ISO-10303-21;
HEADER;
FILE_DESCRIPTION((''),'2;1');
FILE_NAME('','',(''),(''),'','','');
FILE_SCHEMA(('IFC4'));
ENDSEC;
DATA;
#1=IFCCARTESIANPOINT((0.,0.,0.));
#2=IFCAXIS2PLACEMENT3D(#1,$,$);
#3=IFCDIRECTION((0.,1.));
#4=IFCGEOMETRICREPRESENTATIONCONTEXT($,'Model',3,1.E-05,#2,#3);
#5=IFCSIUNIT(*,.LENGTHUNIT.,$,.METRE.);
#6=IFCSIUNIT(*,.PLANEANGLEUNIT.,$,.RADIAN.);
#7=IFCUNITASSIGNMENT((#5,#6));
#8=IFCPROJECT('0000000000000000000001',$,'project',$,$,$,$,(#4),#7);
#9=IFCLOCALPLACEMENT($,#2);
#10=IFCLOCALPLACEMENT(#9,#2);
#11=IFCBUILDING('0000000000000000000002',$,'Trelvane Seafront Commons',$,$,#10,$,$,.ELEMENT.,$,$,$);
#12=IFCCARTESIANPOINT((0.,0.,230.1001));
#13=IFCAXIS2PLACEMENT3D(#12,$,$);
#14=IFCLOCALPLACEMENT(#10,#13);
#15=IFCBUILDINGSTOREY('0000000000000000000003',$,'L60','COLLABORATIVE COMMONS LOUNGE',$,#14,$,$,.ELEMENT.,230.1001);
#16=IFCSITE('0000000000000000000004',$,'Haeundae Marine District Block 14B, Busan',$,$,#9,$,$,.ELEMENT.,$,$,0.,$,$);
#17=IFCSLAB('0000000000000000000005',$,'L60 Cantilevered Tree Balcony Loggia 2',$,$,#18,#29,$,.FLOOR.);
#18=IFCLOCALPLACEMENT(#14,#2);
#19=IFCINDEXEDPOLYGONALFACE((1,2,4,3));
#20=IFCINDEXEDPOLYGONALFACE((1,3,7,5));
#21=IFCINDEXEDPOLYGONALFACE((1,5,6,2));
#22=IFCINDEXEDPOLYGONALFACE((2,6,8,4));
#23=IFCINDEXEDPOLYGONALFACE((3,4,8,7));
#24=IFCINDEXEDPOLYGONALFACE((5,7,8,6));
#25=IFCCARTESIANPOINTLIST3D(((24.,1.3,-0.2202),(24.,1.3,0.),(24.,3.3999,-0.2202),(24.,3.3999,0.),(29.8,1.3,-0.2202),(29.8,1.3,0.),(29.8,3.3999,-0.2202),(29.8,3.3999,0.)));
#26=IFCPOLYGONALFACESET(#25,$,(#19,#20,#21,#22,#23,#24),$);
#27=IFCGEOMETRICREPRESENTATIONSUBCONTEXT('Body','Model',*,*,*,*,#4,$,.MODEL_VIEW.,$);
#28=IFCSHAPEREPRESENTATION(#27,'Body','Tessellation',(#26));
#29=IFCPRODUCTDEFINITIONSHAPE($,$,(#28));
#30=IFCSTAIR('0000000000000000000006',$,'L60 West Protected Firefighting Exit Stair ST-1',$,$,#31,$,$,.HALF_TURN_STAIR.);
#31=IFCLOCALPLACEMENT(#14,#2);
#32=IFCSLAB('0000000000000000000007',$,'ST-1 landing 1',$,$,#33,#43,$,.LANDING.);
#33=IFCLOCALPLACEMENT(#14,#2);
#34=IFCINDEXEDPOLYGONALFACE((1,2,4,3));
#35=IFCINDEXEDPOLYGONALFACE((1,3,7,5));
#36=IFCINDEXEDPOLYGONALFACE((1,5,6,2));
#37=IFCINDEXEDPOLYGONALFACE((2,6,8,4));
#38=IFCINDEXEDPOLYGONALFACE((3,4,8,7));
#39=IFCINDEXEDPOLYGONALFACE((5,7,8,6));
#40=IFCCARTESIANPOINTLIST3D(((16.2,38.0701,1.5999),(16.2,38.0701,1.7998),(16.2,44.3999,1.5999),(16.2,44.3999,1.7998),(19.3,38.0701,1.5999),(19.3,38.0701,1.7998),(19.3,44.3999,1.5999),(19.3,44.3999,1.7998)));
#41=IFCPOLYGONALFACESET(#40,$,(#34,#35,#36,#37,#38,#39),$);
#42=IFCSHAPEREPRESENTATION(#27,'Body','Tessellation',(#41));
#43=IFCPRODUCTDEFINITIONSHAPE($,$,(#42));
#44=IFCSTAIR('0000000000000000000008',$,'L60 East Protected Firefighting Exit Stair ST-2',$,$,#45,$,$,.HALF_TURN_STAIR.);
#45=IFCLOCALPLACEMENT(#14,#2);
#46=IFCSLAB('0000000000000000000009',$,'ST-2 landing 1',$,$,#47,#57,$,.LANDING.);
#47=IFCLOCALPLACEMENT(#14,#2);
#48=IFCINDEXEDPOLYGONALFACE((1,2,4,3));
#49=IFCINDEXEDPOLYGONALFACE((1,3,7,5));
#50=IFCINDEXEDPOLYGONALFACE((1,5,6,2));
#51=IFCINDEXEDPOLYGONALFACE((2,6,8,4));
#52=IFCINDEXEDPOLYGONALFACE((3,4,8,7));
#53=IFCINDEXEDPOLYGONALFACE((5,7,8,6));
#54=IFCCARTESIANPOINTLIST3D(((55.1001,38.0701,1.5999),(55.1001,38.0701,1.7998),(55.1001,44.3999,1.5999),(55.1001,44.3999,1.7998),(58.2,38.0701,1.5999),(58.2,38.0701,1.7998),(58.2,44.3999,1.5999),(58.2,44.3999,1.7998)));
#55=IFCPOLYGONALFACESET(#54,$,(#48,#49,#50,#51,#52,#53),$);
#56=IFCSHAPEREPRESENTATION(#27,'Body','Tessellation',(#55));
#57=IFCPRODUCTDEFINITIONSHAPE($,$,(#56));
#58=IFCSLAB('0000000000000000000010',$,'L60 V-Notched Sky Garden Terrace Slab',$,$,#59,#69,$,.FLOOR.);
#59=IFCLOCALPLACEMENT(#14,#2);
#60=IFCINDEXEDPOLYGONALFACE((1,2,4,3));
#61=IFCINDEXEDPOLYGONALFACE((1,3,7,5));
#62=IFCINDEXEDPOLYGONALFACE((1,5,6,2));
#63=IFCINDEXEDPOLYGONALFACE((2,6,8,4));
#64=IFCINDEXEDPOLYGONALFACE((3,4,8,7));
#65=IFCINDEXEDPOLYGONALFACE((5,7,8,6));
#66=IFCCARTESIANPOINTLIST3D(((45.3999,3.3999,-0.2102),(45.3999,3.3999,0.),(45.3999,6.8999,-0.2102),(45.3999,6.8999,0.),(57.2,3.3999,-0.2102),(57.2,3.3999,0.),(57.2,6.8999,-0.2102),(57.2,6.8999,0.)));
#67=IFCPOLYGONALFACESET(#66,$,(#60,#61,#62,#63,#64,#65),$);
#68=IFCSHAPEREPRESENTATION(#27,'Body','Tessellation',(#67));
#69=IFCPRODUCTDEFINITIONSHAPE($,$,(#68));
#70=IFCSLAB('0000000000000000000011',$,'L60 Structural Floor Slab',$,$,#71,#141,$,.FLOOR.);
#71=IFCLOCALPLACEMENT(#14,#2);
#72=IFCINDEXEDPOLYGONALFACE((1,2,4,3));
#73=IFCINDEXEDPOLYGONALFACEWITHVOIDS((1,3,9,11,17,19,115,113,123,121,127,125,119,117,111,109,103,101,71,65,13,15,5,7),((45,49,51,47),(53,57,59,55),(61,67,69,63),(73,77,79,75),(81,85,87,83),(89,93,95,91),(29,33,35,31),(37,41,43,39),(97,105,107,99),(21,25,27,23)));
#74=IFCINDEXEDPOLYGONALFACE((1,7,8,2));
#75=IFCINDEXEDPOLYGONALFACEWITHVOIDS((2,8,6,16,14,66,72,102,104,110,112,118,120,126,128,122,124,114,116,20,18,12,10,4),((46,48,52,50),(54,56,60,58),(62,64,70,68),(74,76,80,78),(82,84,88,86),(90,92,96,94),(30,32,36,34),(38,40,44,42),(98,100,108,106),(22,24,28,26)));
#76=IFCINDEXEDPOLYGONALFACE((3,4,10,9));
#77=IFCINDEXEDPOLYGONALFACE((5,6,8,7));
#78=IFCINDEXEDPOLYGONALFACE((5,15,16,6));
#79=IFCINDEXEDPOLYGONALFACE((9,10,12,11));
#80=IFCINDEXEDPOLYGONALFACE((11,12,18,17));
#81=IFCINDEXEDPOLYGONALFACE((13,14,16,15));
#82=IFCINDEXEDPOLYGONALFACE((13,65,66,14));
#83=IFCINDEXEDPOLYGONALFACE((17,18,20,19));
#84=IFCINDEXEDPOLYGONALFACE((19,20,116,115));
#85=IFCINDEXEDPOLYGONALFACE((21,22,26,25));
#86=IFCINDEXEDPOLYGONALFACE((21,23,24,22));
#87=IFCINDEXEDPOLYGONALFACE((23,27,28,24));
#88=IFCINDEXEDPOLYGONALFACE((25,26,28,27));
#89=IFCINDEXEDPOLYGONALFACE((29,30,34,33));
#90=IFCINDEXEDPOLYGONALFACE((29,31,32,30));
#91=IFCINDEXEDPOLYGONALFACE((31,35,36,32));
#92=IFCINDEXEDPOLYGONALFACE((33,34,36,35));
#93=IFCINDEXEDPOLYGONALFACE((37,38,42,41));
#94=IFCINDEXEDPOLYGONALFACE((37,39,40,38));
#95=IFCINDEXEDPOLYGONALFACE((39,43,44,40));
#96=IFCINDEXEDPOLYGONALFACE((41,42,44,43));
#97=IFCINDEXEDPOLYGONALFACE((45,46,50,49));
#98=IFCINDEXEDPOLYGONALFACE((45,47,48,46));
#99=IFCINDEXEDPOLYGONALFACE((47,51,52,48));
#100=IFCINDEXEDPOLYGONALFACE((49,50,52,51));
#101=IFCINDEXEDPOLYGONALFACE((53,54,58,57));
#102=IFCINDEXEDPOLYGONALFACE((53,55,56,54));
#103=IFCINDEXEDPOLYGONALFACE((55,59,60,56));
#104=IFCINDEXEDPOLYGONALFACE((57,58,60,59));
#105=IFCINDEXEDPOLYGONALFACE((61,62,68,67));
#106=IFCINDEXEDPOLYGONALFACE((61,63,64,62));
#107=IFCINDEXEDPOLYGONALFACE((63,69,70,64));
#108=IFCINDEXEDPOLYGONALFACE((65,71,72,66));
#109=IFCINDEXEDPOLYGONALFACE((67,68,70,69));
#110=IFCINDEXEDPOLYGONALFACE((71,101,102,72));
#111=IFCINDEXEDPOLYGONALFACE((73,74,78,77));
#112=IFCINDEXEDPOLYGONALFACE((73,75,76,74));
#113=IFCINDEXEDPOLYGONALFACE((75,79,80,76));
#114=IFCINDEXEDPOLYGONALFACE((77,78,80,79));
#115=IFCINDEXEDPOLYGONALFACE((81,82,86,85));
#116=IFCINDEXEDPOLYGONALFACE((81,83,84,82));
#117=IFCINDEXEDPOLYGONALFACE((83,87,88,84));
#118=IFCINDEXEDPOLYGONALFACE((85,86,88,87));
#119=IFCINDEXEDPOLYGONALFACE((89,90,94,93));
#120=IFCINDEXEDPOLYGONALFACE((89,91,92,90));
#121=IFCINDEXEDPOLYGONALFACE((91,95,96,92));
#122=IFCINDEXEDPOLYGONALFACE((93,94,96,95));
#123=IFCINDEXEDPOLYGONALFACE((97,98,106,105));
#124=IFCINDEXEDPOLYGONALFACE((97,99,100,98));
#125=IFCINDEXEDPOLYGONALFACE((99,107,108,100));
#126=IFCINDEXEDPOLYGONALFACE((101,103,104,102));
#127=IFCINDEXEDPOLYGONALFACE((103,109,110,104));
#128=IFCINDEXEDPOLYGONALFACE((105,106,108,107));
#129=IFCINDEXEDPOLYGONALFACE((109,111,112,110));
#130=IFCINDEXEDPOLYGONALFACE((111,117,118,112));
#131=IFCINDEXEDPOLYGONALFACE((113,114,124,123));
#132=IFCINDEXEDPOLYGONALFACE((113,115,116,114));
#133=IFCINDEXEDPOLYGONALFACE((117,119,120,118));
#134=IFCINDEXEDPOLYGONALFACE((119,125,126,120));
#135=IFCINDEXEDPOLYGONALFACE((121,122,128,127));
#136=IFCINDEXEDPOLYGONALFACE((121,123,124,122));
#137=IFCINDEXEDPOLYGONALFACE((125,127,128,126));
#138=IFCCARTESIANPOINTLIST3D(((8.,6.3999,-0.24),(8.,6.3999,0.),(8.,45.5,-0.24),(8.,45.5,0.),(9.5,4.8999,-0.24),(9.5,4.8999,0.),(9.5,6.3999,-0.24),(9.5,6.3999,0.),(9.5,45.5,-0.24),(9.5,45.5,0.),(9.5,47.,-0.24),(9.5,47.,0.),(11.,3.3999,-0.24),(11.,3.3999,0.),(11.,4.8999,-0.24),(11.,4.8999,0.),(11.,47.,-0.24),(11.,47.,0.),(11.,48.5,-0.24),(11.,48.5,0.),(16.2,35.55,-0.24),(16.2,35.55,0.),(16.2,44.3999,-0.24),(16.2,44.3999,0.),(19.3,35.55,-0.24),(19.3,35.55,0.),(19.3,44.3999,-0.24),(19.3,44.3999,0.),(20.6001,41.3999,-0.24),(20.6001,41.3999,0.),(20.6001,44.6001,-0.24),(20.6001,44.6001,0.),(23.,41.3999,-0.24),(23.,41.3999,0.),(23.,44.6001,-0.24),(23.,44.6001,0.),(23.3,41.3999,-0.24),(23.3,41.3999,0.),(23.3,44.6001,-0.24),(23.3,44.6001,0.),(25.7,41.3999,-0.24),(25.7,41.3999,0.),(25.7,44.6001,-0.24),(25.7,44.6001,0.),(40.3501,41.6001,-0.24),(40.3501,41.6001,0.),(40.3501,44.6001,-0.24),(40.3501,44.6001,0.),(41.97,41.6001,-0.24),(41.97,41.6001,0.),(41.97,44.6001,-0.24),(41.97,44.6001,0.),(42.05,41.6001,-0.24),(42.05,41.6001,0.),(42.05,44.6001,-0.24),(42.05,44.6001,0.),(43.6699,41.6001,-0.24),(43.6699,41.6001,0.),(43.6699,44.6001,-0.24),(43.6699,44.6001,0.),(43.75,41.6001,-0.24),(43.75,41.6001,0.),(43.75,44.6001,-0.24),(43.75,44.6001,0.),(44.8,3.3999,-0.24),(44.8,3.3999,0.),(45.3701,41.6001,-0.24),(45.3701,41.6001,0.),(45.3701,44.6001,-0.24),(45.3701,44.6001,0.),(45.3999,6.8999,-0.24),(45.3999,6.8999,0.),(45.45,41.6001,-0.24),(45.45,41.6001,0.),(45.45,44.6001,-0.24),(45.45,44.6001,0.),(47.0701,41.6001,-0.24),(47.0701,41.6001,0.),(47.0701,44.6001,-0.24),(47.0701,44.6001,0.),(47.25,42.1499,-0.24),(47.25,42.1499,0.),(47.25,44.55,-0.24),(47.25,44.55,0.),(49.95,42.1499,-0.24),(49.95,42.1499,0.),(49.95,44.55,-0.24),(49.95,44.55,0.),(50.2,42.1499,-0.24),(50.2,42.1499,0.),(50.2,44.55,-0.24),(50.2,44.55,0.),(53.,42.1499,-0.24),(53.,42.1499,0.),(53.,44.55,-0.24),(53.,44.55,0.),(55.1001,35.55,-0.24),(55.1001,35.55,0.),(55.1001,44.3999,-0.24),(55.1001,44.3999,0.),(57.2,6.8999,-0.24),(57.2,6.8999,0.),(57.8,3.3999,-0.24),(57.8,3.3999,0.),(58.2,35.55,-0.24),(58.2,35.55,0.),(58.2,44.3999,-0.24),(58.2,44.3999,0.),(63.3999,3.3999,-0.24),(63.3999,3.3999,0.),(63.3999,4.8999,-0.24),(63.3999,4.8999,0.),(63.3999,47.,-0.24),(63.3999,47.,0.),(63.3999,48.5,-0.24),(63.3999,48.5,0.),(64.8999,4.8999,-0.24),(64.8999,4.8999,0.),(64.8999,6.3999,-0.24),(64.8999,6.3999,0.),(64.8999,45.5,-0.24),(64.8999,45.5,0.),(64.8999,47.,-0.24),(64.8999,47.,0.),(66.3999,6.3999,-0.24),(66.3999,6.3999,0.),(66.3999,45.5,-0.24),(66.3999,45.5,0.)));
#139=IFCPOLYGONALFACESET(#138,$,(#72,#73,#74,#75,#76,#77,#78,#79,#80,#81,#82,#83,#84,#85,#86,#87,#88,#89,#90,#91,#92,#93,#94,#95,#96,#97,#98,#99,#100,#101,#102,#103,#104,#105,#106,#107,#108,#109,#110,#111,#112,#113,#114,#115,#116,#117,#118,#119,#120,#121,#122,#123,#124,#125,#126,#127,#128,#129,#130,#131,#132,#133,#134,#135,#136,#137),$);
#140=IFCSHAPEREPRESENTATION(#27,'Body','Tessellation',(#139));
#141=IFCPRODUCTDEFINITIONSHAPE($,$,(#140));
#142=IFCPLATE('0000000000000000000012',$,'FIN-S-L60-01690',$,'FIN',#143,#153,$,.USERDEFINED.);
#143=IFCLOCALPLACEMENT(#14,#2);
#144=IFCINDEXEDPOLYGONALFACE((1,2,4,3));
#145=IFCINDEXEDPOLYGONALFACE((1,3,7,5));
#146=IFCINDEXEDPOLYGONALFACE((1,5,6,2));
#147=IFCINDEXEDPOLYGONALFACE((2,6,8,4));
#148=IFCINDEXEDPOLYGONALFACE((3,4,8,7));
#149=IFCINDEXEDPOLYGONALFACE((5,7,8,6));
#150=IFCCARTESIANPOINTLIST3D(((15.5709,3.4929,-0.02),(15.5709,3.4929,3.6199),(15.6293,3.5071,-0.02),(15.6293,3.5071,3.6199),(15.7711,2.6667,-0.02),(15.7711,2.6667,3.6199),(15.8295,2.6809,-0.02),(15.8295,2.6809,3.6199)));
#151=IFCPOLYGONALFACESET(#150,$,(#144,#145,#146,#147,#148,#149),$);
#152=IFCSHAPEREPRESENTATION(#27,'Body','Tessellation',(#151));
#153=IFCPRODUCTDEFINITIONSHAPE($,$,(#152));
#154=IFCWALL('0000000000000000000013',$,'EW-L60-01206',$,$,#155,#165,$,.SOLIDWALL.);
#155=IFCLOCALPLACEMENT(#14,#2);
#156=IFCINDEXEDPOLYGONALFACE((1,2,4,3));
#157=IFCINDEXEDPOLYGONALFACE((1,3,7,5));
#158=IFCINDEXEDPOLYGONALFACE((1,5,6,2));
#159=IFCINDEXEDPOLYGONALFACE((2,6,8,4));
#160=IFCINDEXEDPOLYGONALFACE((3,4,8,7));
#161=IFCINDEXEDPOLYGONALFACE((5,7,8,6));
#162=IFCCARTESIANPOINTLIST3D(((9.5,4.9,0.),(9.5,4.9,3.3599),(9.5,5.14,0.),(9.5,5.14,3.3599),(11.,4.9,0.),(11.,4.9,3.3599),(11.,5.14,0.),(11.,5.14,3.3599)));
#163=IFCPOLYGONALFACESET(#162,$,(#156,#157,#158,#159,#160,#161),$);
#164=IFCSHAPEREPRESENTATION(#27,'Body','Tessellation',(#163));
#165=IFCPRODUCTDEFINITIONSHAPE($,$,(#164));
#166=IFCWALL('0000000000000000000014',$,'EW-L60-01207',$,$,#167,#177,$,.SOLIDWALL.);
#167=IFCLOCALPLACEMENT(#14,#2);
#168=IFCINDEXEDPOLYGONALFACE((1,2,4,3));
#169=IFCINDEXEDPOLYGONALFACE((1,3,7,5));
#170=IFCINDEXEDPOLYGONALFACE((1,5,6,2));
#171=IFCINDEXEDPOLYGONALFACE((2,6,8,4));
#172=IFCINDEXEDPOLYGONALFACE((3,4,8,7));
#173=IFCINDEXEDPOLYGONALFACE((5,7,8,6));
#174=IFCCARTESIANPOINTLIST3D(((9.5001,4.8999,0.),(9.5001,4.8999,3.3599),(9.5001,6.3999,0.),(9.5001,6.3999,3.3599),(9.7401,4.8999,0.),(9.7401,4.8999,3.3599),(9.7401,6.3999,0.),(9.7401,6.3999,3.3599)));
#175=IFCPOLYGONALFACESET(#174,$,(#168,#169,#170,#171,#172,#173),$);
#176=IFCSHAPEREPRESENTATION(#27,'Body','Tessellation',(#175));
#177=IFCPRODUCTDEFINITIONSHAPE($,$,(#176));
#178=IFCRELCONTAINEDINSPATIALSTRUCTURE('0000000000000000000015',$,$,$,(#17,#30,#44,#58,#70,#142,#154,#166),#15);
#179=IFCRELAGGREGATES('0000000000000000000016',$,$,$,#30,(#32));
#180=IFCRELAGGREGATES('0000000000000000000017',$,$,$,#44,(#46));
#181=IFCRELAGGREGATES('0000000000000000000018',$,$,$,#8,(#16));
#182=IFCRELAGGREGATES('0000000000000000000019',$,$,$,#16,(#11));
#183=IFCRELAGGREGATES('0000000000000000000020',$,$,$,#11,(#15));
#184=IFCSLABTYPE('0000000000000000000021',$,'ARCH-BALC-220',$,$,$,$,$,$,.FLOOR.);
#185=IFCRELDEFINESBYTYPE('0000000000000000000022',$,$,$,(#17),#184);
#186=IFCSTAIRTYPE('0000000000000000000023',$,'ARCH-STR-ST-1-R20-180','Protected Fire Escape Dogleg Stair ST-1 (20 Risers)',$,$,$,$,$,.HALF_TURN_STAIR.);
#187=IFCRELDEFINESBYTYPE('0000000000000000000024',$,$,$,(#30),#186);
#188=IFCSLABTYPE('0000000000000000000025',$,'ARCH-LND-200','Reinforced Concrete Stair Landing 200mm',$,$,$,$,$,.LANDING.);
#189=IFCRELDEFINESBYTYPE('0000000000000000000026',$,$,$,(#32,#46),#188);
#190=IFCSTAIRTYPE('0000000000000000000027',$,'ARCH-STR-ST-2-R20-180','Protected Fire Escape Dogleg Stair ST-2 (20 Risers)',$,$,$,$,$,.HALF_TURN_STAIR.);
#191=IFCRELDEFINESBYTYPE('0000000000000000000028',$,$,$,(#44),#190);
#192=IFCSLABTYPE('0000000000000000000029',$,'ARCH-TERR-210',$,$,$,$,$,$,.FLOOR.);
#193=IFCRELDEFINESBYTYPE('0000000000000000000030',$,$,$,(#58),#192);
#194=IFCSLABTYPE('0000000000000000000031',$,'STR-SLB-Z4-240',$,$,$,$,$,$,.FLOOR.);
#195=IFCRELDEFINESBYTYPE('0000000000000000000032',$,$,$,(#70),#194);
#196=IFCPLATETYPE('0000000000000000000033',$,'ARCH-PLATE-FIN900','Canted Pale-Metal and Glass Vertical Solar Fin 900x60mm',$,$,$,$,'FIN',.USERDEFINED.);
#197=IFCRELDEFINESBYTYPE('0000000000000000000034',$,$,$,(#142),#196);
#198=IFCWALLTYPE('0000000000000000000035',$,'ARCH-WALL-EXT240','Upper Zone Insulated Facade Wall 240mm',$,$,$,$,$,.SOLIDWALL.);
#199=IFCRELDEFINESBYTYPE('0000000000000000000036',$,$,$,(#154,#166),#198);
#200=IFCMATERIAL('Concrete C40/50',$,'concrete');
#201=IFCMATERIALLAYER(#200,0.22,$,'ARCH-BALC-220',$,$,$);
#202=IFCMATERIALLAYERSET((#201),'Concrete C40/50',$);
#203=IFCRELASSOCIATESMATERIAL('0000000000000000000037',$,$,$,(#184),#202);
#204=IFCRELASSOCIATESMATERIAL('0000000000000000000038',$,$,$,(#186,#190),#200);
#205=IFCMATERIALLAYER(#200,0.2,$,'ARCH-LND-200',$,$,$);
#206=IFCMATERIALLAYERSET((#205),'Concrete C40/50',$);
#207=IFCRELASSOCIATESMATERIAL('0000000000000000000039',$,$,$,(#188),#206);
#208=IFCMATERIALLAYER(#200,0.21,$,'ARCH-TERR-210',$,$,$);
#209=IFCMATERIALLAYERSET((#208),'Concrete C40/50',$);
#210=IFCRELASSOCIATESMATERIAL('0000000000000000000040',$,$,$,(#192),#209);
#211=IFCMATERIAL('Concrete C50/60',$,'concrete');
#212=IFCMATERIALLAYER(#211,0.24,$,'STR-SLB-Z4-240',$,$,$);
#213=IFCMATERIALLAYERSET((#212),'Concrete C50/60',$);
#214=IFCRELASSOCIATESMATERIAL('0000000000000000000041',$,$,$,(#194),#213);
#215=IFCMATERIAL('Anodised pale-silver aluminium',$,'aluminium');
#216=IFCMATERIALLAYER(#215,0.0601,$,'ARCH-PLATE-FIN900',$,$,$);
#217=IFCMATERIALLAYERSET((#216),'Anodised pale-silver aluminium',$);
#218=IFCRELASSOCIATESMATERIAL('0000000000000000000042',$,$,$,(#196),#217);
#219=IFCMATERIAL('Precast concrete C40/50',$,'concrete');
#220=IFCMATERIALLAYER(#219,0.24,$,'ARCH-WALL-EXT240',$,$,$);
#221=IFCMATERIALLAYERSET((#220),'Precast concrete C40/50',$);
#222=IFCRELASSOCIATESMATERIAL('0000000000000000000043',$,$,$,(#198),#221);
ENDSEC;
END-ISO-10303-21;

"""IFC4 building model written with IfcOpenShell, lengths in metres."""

from ifc_helpers import new_model, si_unit, direction, frame, frame_2d, origin, origin_2d, place, context, subcontext, project, spatial, polyline, rectangle, outline, extrude, source, transform, mapped, material, layer, layer_set, type_object, element, aggregate, save


model = new_model("IFC4")

# Units and contexts
model_context = context("Model", 3, precision=1e-05, world=origin(), true_north=direction((0.0, 1.0)))
body_context = subcontext(model_context, "Body", "Model", "MODEL_VIEW")
ifc_project = project(units=[si_unit("LENGTHUNIT", "METRE"), si_unit("PLANEANGLEUNIT", "RADIAN")], contexts=[model_context])

# Site, building, storey
site_placement = place(None, origin())
site = spatial("IfcSite", under=ifc_project, at=site_placement, Name="Haeundae Marine District Block 14B, Busan", CompositionType="ELEMENT", RefElevation=0.0)
building_placement = place(site_placement, origin())
building = spatial("IfcBuilding", under=site, at=building_placement, Name="Trelvane Seafront Commons", CompositionType="ELEMENT")
storey_placement = place(building_placement, frame((0.0, 0.0, 230.1001)))
storey = spatial("IfcBuildingStorey", under=building, at=storey_placement, Name="L60", Description="COLLABORATIVE COMMONS LOUNGE", CompositionType="ELEMENT", Elevation=230.1001)

# Slab
ifc_material_1 = material(Name="Concrete C40/50", Category="concrete")
ifc_layer_1 = layer(ifc_material_1, 0.22, Name="ARCH-BALC-220")
ifc_layer_set_1 = layer_set([ifc_layer_1], Name="Concrete C40/50")
slab_type_1 = type_object("IfcSlabType", Name="ARCH-BALC-220", PredefinedType="FLOOR", material=ifc_layer_set_1)
slab_1_placement = place(storey_placement, frame((0.0, 0.0, -0.2202)))
element("IfcSlab", 1, at=slab_1_placement, inside=storey, type_object=slab_type_1, Name="L60 Cantilevered Tree Balcony Loggia 2", PredefinedType="FLOOR", context=body_context, shape_type="SweptSolid", body=[
    extrude(outline(polyline([(24.0, 1.3), (29.8, 1.3), (29.8, 3.3999), (24.0, 3.3999), (24.0, 1.3)])), origin(), (0.0, 0.0, 1.0), 0.2202),
])

# Stairs, slabs
stair_type_1 = type_object("IfcStairType", Name="ARCH-STR-ST-1-R20-180", Description="Protected Fire Escape Dogleg Stair ST-1 (20 Risers)", PredefinedType="HALF_TURN_STAIR", material=ifc_material_1)
stair_1_placement = place(storey_placement, origin())
stair_1 = element("IfcStair", 2, at=stair_1_placement, inside=storey, type_object=stair_type_1, Name="L60 West Protected Firefighting Exit Stair ST-1", PredefinedType="HALF_TURN_STAIR")
ifc_layer_2 = layer(ifc_material_1, 0.2, Name="ARCH-LND-200")
ifc_layer_set_2 = layer_set([ifc_layer_2], Name="Concrete C40/50")
slab_type_2 = type_object("IfcSlabType", Name="ARCH-LND-200", Description="Reinforced Concrete Stair Landing 200mm", PredefinedType="LANDING", material=ifc_layer_set_2)
slab_2_placement = place(storey_placement, frame((0.0, 0.0, 1.5999)))
slab_2 = element("IfcSlab", 3, at=slab_2_placement, type_object=slab_type_2, Name="ST-1 landing 1", PredefinedType="LANDING", context=body_context, shape_type="SweptSolid", body=[
    extrude(outline(polyline([(19.3, 38.0701), (19.3, 44.3999), (16.2, 44.3999), (16.2, 38.0701), (19.3, 38.0701)])), origin(), (0.0, 0.0, 1.0), 0.2),
])
aggregate(stair_1, [slab_2])
stair_type_2 = type_object("IfcStairType", Name="ARCH-STR-ST-2-R20-180", Description="Protected Fire Escape Dogleg Stair ST-2 (20 Risers)", PredefinedType="HALF_TURN_STAIR", material=ifc_material_1)
stair_2_placement = place(storey_placement, origin())
stair_2 = element("IfcStair", 4, at=stair_2_placement, inside=storey, type_object=stair_type_2, Name="L60 East Protected Firefighting Exit Stair ST-2", PredefinedType="HALF_TURN_STAIR")
slab_3_placement = place(storey_placement, frame((0.0, 0.0, 1.5999)))
slab_3 = element("IfcSlab", 5, at=slab_3_placement, type_object=slab_type_2, Name="ST-2 landing 1", PredefinedType="LANDING", context=body_context, shape_type="SweptSolid", body=[
    extrude(outline(polyline([(58.2, 38.0701), (58.2, 44.3999), (55.1001, 44.3999), (55.1001, 38.0701), (58.2, 38.0701)])), origin(), (0.0, 0.0, 1.0), 0.2),
])
aggregate(stair_2, [slab_3])

# Slabs
ifc_layer_3 = layer(ifc_material_1, 0.21, Name="ARCH-TERR-210")
ifc_layer_set_3 = layer_set([ifc_layer_3], Name="Concrete C40/50")
slab_type_3 = type_object("IfcSlabType", Name="ARCH-TERR-210", PredefinedType="FLOOR", material=ifc_layer_set_3)
slab_4_placement = place(storey_placement, frame((0.0, 0.0, -0.2102)))
element("IfcSlab", 6, at=slab_4_placement, inside=storey, type_object=slab_type_3, Name="L60 V-Notched Sky Garden Terrace Slab", PredefinedType="FLOOR", context=body_context, shape_type="SweptSolid", body=[
    extrude(outline(polyline([(45.3999, 3.3999), (57.2, 3.3999), (57.2, 6.8999), (45.3999, 6.8999), (45.3999, 3.3999)])), origin(), (0.0, 0.0, 1.0), 0.2102),
])
ifc_material_2 = material(Name="Concrete C50/60", Category="concrete")
ifc_layer_4 = layer(ifc_material_2, 0.24, Name="STR-SLB-Z4-240")
ifc_layer_set_4 = layer_set([ifc_layer_4], Name="Concrete C50/60")
slab_type_4 = type_object("IfcSlabType", Name="STR-SLB-Z4-240", PredefinedType="FLOOR", material=ifc_layer_set_4)
slab_5_placement = place(storey_placement, frame((0.0, 0.0, -0.24)))
element("IfcSlab", 7, at=slab_5_placement, inside=storey, type_object=slab_type_4, Name="L60 Structural Floor Slab", PredefinedType="FLOOR", context=body_context, shape_type="SweptSolid", body=[
    extrude(outline(polyline([(11.0, 3.3999), (44.8, 3.3999), (45.3999, 6.8999), (57.2, 6.8999), (57.8, 3.3999), (63.3999, 3.3999), (63.3999, 4.8999), (64.8999, 4.8999), (64.8999, 6.3999), (66.3999, 6.3999), (66.3999, 45.5), (64.8999, 45.5), (64.8999, 47.0), (63.3999, 47.0), (63.3999, 48.5), (11.0, 48.5), (11.0, 47.0), (9.5, 47.0), (9.5, 45.5), (8.0, 45.5), (8.0, 6.3999), (9.5, 6.3999), (9.5, 4.8999), (11.0, 4.8999), (11.0, 3.3999)]), holes=[polyline([(19.3, 35.55), (16.2, 35.55), (16.2, 44.3999), (19.3, 44.3999), (19.3, 35.55)]), polyline([(58.2, 35.55), (55.1001, 35.55), (55.1001, 44.3999), (58.2, 44.3999), (58.2, 35.55)]), polyline([(23.0, 41.3999), (20.6001, 41.3999), (20.6001, 44.6001), (23.0, 44.6001), (23.0, 41.3999)]), polyline([(23.3, 41.3999), (23.3, 44.6001), (25.7, 44.6001), (25.7, 41.3999), (23.3, 41.3999)]), polyline([(40.3501, 41.6001), (40.3501, 44.6001), (41.97, 44.6001), (41.97, 41.6001), (40.3501, 41.6001)]), polyline([(43.6699, 41.6001), (42.05, 41.6001), (42.05, 44.6001), (43.6699, 44.6001), (43.6699, 41.6001)]), polyline([(45.3701, 41.6001), (43.75, 41.6001), (43.75, 44.6001), (45.3701, 44.6001), (45.3701, 41.6001)]), polyline([(47.0701, 41.6001), (45.45, 41.6001), (45.45, 44.6001), (47.0701, 44.6001), (47.0701, 41.6001)]), polyline([(47.25, 42.1499), (47.25, 44.55), (49.95, 44.55), (49.95, 42.1499), (47.25, 42.1499)]), polyline([(50.2, 42.1499), (50.2, 44.55), (53.0, 44.55), (53.0, 42.1499), (50.2, 42.1499)])]), origin(), (0.0, 0.0, 1.0), 0.24),
])

# Plate
ifc_material_3 = material(Name="Anodised pale-silver aluminium", Category="aluminium")
ifc_layer_5 = layer(ifc_material_3, 0.0601, Name="ARCH-PLATE-FIN900")
ifc_layer_set_5 = layer_set([ifc_layer_5], Name="Anodised pale-silver aluminium")
plate_type = type_object("IfcPlateType", Name="ARCH-PLATE-FIN900", Description="Canted Pale-Metal and Glass Vertical Solar Fin 900x60mm", ElementType="FIN", PredefinedType="USERDEFINED", material=ifc_layer_set_5)
shared_shape_1 = source(origin(), body_context, "Body", "SweptSolid", [
    extrude(rectangle(XDim=0.8501, YDim=0.0601, at=origin_2d()), origin(), (0.0, 0.0, 1.0), 3.6399),
])
plate_placement = place(storey_placement, frame((15.7002, 3.0869, -0.02), z_axis=(0.0, 0.0, 1.0), x_axis=(0.235525, -0.971868, 0.0)))
element("IfcPlate", 8, at=plate_placement, inside=storey, type_object=plate_type, Name="FIN-S-L60-01690", ObjectType="FIN", PredefinedType="USERDEFINED", context=body_context, shape_type="MappedRepresentation", body=[
    mapped(shared_shape_1, transform((0.0, 0.0, 0.0), x_axis=(1.0, 0.0, 0.0), y_axis=(0.0, 1.0, 0.0), z_axis=(0.0, 0.0, 1.0), scale=1.0)),
])

# Walls
ifc_material_4 = material(Name="Precast concrete C40/50", Category="concrete")
ifc_layer_6 = layer(ifc_material_4, 0.24, Name="ARCH-WALL-EXT240")
ifc_layer_set_6 = layer_set([ifc_layer_6], Name="Precast concrete C40/50")
wall_type_1 = type_object("IfcWallType", Name="ARCH-WALL-EXT240", Description="Upper Zone Insulated Facade Wall 240mm", PredefinedType="SOLIDWALL", material=ifc_layer_set_6)
for number, where, z_axis, x_axis, name in (
    (9, (11.0, 5.02, 0.0), (0.0, 0.0, 1.0), (-1.0, 0.0, 0.0), "EW-L60-01206"),
    (10, (9.6201, 4.8999, 0.0), (0.0, 0.0, 1.0), (0.0, 1.0, 0.0), "EW-L60-01207"),
):
    element("IfcWall", number, at=place(storey_placement, frame(where, z_axis=z_axis, x_axis=x_axis)), inside=storey, type_object=wall_type_1, Name=name, PredefinedType="SOLIDWALL", context=body_context, shape_type="SweptSolid", body=[
        extrude(rectangle(XDim=1.5, YDim=0.24, at=frame_2d((0.75, 0.0))), origin(), (0.0, 0.0, 1.0), 3.3599),
    ])

save(model, "model.ifc")
